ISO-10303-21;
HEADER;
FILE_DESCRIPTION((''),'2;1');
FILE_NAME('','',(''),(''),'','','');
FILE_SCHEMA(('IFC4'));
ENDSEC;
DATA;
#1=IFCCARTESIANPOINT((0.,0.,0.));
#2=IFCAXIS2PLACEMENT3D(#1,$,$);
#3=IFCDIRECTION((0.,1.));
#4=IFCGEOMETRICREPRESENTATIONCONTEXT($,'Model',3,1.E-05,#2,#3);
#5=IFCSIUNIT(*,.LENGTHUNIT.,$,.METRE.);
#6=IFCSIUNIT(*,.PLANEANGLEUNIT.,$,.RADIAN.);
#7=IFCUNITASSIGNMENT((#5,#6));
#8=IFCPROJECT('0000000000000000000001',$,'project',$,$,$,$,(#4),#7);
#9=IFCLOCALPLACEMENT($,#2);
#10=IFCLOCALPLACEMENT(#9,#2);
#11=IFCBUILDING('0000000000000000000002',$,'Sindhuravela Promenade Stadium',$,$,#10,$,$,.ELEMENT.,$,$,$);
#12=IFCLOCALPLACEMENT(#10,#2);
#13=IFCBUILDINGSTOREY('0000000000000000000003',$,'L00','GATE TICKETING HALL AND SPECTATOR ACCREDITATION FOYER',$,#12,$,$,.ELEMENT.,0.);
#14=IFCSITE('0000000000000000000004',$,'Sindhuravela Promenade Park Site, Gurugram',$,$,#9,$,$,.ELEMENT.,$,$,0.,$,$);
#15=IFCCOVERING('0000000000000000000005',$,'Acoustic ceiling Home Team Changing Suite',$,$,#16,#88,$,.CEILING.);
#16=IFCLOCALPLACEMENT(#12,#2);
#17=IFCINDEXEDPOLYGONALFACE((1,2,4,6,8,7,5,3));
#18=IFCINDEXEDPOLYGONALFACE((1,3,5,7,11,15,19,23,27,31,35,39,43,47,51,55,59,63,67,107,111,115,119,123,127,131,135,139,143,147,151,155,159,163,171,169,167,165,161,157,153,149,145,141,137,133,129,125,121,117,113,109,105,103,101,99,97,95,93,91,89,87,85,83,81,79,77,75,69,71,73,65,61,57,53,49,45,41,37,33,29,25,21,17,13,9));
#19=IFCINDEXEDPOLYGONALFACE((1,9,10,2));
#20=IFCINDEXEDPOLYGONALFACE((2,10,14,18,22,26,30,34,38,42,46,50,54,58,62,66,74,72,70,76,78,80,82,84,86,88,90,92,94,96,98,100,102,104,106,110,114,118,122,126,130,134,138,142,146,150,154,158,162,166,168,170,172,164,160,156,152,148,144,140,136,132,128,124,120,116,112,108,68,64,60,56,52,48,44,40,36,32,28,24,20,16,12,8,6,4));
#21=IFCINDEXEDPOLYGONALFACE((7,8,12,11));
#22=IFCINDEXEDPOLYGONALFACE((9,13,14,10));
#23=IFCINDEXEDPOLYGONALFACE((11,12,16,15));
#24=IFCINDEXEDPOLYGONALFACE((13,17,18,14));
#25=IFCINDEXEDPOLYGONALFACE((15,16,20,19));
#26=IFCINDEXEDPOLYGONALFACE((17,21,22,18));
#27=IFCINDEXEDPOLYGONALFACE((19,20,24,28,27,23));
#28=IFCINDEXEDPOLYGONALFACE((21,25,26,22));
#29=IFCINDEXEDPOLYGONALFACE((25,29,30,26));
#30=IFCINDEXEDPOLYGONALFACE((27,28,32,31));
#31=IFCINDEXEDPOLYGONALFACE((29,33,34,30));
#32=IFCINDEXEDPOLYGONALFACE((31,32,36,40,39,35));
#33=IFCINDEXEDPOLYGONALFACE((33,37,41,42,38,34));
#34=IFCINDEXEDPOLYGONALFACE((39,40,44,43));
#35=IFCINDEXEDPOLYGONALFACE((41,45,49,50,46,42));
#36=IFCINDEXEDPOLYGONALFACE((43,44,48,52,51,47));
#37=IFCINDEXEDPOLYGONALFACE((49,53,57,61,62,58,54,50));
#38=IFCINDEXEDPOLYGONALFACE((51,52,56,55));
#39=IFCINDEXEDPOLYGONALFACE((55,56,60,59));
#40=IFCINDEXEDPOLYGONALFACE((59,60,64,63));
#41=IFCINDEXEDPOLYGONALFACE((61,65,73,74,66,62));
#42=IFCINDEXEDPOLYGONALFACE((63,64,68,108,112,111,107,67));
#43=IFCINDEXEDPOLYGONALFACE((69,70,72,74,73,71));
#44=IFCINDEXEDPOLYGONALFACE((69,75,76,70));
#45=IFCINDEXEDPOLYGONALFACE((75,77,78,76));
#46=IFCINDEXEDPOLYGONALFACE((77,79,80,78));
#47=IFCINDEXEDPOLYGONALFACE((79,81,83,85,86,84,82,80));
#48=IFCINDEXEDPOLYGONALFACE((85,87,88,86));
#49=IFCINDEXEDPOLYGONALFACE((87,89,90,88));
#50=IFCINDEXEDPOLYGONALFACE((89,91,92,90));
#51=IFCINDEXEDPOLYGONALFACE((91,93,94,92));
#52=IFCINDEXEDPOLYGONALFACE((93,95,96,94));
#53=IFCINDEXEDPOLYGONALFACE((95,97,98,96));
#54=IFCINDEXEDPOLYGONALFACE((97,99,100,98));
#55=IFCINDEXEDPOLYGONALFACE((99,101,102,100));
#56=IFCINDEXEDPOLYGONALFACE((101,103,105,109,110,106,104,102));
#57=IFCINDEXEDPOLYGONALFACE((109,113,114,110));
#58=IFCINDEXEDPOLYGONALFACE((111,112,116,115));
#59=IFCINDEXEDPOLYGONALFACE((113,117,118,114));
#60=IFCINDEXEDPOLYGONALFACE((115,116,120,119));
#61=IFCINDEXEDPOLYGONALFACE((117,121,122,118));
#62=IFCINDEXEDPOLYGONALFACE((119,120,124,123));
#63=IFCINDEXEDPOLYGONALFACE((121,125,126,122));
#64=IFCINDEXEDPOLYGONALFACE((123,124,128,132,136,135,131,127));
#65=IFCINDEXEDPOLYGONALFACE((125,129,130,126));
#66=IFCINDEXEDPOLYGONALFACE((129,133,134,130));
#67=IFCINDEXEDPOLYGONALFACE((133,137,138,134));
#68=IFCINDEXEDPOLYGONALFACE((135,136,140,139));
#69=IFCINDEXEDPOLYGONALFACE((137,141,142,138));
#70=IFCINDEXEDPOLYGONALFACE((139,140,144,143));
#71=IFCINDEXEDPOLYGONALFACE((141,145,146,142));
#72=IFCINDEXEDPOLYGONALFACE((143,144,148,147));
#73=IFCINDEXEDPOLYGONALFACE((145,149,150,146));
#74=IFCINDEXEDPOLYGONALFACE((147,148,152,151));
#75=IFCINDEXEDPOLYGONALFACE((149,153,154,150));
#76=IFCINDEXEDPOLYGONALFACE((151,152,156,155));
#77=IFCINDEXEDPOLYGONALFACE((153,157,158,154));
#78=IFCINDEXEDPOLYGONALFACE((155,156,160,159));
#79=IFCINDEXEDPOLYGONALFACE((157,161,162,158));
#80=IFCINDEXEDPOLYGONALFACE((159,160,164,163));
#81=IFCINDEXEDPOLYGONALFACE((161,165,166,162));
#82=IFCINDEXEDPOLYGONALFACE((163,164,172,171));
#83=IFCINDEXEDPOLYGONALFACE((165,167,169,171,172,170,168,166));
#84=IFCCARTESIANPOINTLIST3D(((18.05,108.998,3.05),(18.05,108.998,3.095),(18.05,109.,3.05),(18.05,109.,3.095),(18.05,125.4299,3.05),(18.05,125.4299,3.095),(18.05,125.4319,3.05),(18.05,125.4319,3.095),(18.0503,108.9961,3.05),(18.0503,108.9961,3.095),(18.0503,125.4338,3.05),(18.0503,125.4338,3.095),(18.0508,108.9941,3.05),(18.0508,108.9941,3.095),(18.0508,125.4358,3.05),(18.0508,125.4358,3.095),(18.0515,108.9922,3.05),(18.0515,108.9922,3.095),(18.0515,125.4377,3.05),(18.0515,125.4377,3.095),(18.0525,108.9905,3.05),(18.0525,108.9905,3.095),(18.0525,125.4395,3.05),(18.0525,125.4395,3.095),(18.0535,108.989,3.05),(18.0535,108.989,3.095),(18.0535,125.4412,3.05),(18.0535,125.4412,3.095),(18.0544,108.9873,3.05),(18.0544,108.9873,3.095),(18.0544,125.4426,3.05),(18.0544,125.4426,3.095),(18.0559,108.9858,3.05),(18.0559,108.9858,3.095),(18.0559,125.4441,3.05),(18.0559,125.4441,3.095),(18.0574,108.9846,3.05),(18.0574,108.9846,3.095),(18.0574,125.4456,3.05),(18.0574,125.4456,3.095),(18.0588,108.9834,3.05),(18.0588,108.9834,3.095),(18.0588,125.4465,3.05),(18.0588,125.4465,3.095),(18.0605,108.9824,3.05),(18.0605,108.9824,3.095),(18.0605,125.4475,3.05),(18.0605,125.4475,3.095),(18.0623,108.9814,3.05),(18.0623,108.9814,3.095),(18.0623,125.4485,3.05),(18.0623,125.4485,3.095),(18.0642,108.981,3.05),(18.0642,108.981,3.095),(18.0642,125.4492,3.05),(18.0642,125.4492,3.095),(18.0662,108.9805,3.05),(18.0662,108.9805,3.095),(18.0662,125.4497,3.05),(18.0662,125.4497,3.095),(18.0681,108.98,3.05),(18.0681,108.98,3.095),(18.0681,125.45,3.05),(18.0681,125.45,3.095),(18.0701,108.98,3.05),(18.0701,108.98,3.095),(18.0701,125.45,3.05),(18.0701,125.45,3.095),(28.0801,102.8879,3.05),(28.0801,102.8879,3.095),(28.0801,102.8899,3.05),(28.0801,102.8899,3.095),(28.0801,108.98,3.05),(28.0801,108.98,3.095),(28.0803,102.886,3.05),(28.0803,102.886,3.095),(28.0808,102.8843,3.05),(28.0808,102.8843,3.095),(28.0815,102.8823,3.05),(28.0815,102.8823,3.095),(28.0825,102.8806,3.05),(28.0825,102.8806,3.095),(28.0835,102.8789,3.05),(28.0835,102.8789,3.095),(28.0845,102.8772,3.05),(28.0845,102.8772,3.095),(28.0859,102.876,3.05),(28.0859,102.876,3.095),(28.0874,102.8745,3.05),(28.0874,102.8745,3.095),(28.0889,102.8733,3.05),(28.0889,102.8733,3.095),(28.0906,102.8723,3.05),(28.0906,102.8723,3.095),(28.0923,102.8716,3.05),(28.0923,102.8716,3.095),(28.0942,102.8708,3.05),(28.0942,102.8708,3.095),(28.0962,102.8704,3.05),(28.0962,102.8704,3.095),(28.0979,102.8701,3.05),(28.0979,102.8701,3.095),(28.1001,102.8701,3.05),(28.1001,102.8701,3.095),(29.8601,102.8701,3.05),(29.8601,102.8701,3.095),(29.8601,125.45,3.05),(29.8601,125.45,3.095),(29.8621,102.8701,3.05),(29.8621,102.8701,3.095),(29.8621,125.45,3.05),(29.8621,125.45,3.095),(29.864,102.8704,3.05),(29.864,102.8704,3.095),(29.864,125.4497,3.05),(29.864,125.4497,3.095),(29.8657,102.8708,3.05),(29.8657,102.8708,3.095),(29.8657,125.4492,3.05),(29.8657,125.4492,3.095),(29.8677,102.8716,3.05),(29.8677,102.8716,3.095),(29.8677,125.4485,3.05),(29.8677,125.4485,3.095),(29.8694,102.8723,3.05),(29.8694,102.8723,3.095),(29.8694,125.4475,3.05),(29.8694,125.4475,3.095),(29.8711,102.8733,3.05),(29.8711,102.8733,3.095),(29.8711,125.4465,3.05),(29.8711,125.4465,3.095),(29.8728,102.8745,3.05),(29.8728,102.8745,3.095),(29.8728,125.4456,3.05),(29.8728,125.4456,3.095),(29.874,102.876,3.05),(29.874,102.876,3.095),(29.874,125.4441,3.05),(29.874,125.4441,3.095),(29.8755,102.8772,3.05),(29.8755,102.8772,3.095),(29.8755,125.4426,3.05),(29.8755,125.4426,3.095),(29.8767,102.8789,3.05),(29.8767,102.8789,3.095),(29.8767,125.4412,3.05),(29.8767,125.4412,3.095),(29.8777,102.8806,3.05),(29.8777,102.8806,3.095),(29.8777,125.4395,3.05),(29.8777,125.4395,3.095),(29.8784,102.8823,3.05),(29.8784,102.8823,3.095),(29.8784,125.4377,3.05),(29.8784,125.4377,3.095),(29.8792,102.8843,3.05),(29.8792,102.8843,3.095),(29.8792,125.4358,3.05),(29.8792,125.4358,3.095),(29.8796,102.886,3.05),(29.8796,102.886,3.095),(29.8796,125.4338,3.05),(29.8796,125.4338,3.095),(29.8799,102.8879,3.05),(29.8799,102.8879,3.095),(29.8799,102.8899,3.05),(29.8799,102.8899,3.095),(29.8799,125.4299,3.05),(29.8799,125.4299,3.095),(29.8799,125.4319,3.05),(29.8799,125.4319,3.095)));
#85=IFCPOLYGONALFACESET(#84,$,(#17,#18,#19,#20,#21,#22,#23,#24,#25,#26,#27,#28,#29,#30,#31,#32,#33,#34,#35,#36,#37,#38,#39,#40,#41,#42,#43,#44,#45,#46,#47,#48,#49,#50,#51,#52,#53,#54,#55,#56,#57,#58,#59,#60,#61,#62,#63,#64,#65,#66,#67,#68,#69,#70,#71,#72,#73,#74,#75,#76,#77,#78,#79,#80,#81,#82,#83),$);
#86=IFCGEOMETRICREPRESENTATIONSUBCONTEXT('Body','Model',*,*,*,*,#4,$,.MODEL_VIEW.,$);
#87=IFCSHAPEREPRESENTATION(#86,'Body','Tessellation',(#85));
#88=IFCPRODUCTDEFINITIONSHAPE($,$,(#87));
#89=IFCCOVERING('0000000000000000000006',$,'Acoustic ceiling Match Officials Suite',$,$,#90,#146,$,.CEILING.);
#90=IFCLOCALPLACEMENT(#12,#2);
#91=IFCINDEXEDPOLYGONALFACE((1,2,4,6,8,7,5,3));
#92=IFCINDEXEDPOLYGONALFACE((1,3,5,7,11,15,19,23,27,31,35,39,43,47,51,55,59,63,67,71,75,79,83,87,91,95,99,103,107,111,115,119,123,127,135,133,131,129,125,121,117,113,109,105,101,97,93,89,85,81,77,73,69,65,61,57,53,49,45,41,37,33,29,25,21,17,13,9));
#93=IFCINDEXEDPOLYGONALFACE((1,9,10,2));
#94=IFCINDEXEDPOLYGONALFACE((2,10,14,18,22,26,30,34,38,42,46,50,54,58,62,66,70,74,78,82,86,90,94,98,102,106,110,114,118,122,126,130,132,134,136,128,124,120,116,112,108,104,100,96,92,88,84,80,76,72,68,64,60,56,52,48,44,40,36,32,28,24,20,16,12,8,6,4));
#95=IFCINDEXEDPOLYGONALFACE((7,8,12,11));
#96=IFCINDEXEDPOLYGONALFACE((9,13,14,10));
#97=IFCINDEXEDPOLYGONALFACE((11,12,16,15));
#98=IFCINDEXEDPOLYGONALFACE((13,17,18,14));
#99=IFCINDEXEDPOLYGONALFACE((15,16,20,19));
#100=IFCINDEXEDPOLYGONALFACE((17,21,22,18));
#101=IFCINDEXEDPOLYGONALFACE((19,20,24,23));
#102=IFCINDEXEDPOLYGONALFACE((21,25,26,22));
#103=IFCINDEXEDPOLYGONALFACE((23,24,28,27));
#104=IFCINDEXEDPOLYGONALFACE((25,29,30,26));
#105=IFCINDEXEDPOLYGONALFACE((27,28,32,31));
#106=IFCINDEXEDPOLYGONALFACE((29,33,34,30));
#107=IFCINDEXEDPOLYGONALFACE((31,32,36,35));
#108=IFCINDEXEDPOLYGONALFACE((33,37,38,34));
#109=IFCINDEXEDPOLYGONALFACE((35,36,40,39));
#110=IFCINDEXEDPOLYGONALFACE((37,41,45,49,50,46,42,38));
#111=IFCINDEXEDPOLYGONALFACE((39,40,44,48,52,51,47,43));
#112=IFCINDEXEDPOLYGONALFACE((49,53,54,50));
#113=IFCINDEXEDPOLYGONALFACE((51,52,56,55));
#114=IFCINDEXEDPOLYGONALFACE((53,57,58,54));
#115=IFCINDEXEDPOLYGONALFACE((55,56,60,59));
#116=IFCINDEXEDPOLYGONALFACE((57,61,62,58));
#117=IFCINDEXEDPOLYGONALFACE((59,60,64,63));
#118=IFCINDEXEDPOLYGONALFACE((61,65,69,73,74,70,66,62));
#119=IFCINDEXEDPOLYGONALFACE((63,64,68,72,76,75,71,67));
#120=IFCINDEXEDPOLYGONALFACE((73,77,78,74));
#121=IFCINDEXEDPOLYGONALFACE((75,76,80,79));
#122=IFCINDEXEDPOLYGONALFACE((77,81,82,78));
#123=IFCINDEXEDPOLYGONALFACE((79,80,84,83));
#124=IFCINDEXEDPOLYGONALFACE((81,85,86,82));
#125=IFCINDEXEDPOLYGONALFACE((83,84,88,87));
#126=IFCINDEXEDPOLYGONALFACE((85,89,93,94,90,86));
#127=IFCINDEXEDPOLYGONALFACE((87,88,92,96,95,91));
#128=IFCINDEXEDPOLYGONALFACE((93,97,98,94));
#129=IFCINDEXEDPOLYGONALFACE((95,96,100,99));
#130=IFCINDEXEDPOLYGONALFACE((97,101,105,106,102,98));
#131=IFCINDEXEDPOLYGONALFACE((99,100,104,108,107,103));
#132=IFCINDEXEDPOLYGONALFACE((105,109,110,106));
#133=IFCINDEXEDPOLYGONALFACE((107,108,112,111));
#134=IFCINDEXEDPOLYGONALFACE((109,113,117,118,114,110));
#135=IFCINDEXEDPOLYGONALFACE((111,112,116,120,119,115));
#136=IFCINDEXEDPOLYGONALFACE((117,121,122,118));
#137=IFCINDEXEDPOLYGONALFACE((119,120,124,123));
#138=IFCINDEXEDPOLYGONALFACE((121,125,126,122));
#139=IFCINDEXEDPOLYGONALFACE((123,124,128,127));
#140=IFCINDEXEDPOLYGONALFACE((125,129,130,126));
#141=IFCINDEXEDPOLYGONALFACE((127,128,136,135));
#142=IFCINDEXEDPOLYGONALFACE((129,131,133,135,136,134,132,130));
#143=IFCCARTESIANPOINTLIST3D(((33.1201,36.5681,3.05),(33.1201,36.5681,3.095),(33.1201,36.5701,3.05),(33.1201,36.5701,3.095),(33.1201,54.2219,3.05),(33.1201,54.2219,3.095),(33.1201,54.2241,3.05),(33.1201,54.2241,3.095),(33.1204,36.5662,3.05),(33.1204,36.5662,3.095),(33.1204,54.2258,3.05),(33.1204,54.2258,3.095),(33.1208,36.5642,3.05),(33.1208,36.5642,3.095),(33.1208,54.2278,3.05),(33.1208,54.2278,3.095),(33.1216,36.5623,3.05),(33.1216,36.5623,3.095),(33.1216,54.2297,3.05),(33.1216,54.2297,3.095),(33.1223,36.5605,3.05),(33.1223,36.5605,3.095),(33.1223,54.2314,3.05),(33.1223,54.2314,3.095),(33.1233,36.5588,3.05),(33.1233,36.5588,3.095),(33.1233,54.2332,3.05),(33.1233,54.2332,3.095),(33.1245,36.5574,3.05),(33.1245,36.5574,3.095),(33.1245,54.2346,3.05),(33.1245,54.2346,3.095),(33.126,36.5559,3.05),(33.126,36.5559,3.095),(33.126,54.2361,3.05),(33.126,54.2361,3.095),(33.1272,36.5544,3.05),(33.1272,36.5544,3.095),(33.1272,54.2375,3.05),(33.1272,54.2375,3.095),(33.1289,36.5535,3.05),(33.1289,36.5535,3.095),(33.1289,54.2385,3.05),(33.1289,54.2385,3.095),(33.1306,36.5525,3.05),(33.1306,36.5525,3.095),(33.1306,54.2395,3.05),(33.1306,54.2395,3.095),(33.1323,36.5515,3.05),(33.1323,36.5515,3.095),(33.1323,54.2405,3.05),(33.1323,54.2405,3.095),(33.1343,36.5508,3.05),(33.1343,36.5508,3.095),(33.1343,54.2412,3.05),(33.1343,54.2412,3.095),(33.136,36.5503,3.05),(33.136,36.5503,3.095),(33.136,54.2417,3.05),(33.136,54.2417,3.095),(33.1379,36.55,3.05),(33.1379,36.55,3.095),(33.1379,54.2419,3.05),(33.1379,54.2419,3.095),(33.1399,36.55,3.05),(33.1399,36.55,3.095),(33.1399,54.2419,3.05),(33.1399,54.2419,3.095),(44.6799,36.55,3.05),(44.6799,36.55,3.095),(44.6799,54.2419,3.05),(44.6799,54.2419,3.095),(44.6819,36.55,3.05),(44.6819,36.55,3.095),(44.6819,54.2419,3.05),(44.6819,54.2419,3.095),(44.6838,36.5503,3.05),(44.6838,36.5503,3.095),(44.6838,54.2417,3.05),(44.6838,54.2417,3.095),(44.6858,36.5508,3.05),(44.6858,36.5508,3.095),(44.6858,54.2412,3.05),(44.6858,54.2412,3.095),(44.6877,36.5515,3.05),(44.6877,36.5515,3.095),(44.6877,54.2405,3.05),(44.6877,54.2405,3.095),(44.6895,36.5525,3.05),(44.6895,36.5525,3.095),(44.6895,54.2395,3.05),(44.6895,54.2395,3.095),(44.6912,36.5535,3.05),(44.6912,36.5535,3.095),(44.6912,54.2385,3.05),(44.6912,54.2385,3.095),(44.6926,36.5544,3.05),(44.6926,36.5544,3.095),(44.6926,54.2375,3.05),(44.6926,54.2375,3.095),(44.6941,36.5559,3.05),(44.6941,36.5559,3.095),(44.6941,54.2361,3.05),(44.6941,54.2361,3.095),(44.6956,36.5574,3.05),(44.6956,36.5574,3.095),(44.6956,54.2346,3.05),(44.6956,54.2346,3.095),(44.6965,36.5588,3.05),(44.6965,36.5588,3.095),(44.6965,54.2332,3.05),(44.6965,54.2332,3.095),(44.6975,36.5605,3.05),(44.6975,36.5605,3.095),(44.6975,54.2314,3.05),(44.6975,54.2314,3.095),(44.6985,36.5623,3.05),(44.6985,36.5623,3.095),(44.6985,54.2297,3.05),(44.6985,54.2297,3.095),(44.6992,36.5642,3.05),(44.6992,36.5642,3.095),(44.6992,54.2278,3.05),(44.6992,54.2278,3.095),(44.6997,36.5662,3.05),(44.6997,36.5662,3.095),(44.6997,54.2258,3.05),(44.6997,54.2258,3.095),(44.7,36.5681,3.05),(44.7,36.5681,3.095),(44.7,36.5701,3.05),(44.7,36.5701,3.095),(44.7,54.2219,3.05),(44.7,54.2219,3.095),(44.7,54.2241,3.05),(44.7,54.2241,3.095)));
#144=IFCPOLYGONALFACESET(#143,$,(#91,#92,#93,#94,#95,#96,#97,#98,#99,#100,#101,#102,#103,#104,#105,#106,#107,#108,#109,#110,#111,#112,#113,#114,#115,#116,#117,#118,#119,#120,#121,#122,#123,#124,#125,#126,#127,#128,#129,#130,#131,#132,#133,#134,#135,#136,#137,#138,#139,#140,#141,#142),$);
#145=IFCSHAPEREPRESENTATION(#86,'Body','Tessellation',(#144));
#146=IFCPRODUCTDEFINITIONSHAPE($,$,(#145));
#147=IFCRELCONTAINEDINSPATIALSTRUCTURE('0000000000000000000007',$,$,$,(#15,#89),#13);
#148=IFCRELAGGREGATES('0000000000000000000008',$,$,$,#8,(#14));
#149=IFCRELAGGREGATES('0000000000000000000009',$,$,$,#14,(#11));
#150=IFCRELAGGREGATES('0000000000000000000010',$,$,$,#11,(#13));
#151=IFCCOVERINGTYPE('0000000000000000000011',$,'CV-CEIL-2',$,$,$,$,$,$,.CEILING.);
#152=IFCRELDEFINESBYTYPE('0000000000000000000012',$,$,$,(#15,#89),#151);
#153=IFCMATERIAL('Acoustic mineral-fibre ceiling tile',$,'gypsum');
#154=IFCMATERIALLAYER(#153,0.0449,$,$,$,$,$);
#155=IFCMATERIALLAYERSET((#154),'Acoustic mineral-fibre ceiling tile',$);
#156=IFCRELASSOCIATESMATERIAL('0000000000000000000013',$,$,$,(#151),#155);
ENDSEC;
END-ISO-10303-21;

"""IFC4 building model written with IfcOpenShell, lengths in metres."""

from ifc_helpers import new_model, si_unit, direction, frame, origin, place, context, subcontext, project, spatial, polyline, outline, extrude, material, layer, layer_set, type_object, element, save


model = new_model("IFC4")

# Units and contexts
model_context = context("Model", 3, precision=1e-05, world=origin(), true_north=direction((0.0, 1.0)))
body_context = subcontext(model_context, "Body", "Model", "MODEL_VIEW")
ifc_project = project(units=[si_unit("LENGTHUNIT", "METRE"), si_unit("PLANEANGLEUNIT", "RADIAN")], contexts=[model_context])

# Site, building, storey
site_placement = place(None, origin())
site = spatial("IfcSite", under=ifc_project, at=site_placement, Name="Sindhuravela Promenade Park Site, Gurugram", CompositionType="ELEMENT", RefElevation=0.0)
building_placement = place(site_placement, origin())
building = spatial("IfcBuilding", under=site, at=building_placement, Name="Sindhuravela Promenade Stadium", CompositionType="ELEMENT")
storey_placement = place(building_placement, origin())
storey = spatial("IfcBuildingStorey", under=building, at=storey_placement, Name="L00", Description="GATE TICKETING HALL AND SPECTATOR ACCREDITATION FOYER", CompositionType="ELEMENT", Elevation=0.0)

# Coverings
ifc_material_1 = material(Name="Acoustic mineral-fibre ceiling tile", Category="gypsum")
ifc_layer_1 = layer(ifc_material_1, 0.0449)
ifc_layer_set_1 = layer_set([ifc_layer_1], Name="Acoustic mineral-fibre ceiling tile")
covering_type_1 = type_object("IfcCoveringType", Name="CV-CEIL-2", PredefinedType="CEILING", material=ifc_layer_set_1)
covering_1_placement = place(storey_placement, frame((0.0, 0.0, 3.05)))
element("IfcCovering", 1, at=covering_1_placement, inside=storey, type_object=covering_type_1, Name="Acoustic ceiling Home Team Changing Suite", PredefinedType="CEILING", context=body_context, shape_type="SweptSolid", body=[
    extrude(outline(polyline([(29.8799, 102.8899), (29.8799, 102.8879), (29.8796, 102.886), (29.8792, 102.8843), (29.8784, 102.8823), (29.8777, 102.8806), (29.8767, 102.8789), (29.8755, 102.8772), (29.874, 102.876), (29.8728, 102.8745), (29.8711, 102.8733), (29.8694, 102.8723), (29.8677, 102.8716), (29.8657, 102.8708), (29.864, 102.8704), (29.8621, 102.8701), (29.8601, 102.8701), (28.1001, 102.8701), (28.0979, 102.8701), (28.0962, 102.8704), (28.0942, 102.8708), (28.0923, 102.8716), (28.0906, 102.8723), (28.0889, 102.8733), (28.0874, 102.8745), (28.0859, 102.876), (28.0845, 102.8772), (28.0835, 102.8789), (28.0825, 102.8806), (28.0815, 102.8823), (28.0808, 102.8843), (28.0803, 102.886), (28.0801, 102.8879), (28.0801, 102.8899), (28.0801, 108.98), (18.0701, 108.98), (18.0681, 108.98), (18.0662, 108.9805), (18.0642, 108.981), (18.0623, 108.9814), (18.0605, 108.9824), (18.0588, 108.9834), (18.0574, 108.9846), (18.0559, 108.9858), (18.0544, 108.9873), (18.0535, 108.989), (18.0525, 108.9905), (18.0515, 108.9922), (18.0508, 108.9941), (18.0503, 108.9961), (18.05, 108.998), (18.05, 109.0), (18.05, 125.4299), (18.05, 125.4319), (18.0503, 125.4338), (18.0508, 125.4358), (18.0515, 125.4377), (18.0525, 125.4395), (18.0535, 125.4412), (18.0544, 125.4426), (18.0559, 125.4441), (18.0574, 125.4456), (18.0588, 125.4465), (18.0605, 125.4475), (18.0623, 125.4485), (18.0642, 125.4492), (18.0662, 125.4497), (18.0681, 125.45), (18.0701, 125.45), (29.8601, 125.45), (29.8621, 125.45), (29.864, 125.4497), (29.8657, 125.4492), (29.8677, 125.4485), (29.8694, 125.4475), (29.8711, 125.4465), (29.8728, 125.4456), (29.874, 125.4441), (29.8755, 125.4426), (29.8767, 125.4412), (29.8777, 125.4395), (29.8784, 125.4377), (29.8792, 125.4358), (29.8796, 125.4338), (29.8799, 125.4319), (29.8799, 125.4299), (29.8799, 102.8899)])), origin(), (0.0, 0.0, 1.0), 0.0449),
])
covering_2_placement = place(storey_placement, frame((0.0, 0.0, 3.05)))
element("IfcCovering", 2, at=covering_2_placement, inside=storey, type_object=covering_type_1, Name="Acoustic ceiling Match Officials Suite", PredefinedType="CEILING", context=body_context, shape_type="SweptSolid", body=[
    extrude(outline(polyline([(44.7, 36.5701), (44.7, 36.5681), (44.6997, 36.5662), (44.6992, 36.5642), (44.6985, 36.5623), (44.6975, 36.5605), (44.6965, 36.5588), (44.6956, 36.5574), (44.6941, 36.5559), (44.6926, 36.5544), (44.6912, 36.5535), (44.6895, 36.5525), (44.6877, 36.5515), (44.6858, 36.5508), (44.6838, 36.5503), (44.6819, 36.55), (44.6799, 36.55), (33.1399, 36.55), (33.1379, 36.55), (33.136, 36.5503), (33.1343, 36.5508), (33.1323, 36.5515), (33.1306, 36.5525), (33.1289, 36.5535), (33.1272, 36.5544), (33.126, 36.5559), (33.1245, 36.5574), (33.1233, 36.5588), (33.1223, 36.5605), (33.1216, 36.5623), (33.1208, 36.5642), (33.1204, 36.5662), (33.1201, 36.5681), (33.1201, 36.5701), (33.1201, 54.2219), (33.1201, 54.2241), (33.1204, 54.2258), (33.1208, 54.2278), (33.1216, 54.2297), (33.1223, 54.2314), (33.1233, 54.2332), (33.1245, 54.2346), (33.126, 54.2361), (33.1272, 54.2375), (33.1289, 54.2385), (33.1306, 54.2395), (33.1323, 54.2405), (33.1343, 54.2412), (33.136, 54.2417), (33.1379, 54.2419), (33.1399, 54.2419), (44.6799, 54.2419), (44.6819, 54.2419), (44.6838, 54.2417), (44.6858, 54.2412), (44.6877, 54.2405), (44.6895, 54.2395), (44.6912, 54.2385), (44.6926, 54.2375), (44.6941, 54.2361), (44.6956, 54.2346), (44.6965, 54.2332), (44.6975, 54.2314), (44.6985, 54.2297), (44.6992, 54.2278), (44.6997, 54.2258), (44.7, 54.2241), (44.7, 54.2219), (44.7, 36.5701)])), origin(), (0.0, 0.0, 1.0), 0.0449),
])

save(model, "model.ifc")
